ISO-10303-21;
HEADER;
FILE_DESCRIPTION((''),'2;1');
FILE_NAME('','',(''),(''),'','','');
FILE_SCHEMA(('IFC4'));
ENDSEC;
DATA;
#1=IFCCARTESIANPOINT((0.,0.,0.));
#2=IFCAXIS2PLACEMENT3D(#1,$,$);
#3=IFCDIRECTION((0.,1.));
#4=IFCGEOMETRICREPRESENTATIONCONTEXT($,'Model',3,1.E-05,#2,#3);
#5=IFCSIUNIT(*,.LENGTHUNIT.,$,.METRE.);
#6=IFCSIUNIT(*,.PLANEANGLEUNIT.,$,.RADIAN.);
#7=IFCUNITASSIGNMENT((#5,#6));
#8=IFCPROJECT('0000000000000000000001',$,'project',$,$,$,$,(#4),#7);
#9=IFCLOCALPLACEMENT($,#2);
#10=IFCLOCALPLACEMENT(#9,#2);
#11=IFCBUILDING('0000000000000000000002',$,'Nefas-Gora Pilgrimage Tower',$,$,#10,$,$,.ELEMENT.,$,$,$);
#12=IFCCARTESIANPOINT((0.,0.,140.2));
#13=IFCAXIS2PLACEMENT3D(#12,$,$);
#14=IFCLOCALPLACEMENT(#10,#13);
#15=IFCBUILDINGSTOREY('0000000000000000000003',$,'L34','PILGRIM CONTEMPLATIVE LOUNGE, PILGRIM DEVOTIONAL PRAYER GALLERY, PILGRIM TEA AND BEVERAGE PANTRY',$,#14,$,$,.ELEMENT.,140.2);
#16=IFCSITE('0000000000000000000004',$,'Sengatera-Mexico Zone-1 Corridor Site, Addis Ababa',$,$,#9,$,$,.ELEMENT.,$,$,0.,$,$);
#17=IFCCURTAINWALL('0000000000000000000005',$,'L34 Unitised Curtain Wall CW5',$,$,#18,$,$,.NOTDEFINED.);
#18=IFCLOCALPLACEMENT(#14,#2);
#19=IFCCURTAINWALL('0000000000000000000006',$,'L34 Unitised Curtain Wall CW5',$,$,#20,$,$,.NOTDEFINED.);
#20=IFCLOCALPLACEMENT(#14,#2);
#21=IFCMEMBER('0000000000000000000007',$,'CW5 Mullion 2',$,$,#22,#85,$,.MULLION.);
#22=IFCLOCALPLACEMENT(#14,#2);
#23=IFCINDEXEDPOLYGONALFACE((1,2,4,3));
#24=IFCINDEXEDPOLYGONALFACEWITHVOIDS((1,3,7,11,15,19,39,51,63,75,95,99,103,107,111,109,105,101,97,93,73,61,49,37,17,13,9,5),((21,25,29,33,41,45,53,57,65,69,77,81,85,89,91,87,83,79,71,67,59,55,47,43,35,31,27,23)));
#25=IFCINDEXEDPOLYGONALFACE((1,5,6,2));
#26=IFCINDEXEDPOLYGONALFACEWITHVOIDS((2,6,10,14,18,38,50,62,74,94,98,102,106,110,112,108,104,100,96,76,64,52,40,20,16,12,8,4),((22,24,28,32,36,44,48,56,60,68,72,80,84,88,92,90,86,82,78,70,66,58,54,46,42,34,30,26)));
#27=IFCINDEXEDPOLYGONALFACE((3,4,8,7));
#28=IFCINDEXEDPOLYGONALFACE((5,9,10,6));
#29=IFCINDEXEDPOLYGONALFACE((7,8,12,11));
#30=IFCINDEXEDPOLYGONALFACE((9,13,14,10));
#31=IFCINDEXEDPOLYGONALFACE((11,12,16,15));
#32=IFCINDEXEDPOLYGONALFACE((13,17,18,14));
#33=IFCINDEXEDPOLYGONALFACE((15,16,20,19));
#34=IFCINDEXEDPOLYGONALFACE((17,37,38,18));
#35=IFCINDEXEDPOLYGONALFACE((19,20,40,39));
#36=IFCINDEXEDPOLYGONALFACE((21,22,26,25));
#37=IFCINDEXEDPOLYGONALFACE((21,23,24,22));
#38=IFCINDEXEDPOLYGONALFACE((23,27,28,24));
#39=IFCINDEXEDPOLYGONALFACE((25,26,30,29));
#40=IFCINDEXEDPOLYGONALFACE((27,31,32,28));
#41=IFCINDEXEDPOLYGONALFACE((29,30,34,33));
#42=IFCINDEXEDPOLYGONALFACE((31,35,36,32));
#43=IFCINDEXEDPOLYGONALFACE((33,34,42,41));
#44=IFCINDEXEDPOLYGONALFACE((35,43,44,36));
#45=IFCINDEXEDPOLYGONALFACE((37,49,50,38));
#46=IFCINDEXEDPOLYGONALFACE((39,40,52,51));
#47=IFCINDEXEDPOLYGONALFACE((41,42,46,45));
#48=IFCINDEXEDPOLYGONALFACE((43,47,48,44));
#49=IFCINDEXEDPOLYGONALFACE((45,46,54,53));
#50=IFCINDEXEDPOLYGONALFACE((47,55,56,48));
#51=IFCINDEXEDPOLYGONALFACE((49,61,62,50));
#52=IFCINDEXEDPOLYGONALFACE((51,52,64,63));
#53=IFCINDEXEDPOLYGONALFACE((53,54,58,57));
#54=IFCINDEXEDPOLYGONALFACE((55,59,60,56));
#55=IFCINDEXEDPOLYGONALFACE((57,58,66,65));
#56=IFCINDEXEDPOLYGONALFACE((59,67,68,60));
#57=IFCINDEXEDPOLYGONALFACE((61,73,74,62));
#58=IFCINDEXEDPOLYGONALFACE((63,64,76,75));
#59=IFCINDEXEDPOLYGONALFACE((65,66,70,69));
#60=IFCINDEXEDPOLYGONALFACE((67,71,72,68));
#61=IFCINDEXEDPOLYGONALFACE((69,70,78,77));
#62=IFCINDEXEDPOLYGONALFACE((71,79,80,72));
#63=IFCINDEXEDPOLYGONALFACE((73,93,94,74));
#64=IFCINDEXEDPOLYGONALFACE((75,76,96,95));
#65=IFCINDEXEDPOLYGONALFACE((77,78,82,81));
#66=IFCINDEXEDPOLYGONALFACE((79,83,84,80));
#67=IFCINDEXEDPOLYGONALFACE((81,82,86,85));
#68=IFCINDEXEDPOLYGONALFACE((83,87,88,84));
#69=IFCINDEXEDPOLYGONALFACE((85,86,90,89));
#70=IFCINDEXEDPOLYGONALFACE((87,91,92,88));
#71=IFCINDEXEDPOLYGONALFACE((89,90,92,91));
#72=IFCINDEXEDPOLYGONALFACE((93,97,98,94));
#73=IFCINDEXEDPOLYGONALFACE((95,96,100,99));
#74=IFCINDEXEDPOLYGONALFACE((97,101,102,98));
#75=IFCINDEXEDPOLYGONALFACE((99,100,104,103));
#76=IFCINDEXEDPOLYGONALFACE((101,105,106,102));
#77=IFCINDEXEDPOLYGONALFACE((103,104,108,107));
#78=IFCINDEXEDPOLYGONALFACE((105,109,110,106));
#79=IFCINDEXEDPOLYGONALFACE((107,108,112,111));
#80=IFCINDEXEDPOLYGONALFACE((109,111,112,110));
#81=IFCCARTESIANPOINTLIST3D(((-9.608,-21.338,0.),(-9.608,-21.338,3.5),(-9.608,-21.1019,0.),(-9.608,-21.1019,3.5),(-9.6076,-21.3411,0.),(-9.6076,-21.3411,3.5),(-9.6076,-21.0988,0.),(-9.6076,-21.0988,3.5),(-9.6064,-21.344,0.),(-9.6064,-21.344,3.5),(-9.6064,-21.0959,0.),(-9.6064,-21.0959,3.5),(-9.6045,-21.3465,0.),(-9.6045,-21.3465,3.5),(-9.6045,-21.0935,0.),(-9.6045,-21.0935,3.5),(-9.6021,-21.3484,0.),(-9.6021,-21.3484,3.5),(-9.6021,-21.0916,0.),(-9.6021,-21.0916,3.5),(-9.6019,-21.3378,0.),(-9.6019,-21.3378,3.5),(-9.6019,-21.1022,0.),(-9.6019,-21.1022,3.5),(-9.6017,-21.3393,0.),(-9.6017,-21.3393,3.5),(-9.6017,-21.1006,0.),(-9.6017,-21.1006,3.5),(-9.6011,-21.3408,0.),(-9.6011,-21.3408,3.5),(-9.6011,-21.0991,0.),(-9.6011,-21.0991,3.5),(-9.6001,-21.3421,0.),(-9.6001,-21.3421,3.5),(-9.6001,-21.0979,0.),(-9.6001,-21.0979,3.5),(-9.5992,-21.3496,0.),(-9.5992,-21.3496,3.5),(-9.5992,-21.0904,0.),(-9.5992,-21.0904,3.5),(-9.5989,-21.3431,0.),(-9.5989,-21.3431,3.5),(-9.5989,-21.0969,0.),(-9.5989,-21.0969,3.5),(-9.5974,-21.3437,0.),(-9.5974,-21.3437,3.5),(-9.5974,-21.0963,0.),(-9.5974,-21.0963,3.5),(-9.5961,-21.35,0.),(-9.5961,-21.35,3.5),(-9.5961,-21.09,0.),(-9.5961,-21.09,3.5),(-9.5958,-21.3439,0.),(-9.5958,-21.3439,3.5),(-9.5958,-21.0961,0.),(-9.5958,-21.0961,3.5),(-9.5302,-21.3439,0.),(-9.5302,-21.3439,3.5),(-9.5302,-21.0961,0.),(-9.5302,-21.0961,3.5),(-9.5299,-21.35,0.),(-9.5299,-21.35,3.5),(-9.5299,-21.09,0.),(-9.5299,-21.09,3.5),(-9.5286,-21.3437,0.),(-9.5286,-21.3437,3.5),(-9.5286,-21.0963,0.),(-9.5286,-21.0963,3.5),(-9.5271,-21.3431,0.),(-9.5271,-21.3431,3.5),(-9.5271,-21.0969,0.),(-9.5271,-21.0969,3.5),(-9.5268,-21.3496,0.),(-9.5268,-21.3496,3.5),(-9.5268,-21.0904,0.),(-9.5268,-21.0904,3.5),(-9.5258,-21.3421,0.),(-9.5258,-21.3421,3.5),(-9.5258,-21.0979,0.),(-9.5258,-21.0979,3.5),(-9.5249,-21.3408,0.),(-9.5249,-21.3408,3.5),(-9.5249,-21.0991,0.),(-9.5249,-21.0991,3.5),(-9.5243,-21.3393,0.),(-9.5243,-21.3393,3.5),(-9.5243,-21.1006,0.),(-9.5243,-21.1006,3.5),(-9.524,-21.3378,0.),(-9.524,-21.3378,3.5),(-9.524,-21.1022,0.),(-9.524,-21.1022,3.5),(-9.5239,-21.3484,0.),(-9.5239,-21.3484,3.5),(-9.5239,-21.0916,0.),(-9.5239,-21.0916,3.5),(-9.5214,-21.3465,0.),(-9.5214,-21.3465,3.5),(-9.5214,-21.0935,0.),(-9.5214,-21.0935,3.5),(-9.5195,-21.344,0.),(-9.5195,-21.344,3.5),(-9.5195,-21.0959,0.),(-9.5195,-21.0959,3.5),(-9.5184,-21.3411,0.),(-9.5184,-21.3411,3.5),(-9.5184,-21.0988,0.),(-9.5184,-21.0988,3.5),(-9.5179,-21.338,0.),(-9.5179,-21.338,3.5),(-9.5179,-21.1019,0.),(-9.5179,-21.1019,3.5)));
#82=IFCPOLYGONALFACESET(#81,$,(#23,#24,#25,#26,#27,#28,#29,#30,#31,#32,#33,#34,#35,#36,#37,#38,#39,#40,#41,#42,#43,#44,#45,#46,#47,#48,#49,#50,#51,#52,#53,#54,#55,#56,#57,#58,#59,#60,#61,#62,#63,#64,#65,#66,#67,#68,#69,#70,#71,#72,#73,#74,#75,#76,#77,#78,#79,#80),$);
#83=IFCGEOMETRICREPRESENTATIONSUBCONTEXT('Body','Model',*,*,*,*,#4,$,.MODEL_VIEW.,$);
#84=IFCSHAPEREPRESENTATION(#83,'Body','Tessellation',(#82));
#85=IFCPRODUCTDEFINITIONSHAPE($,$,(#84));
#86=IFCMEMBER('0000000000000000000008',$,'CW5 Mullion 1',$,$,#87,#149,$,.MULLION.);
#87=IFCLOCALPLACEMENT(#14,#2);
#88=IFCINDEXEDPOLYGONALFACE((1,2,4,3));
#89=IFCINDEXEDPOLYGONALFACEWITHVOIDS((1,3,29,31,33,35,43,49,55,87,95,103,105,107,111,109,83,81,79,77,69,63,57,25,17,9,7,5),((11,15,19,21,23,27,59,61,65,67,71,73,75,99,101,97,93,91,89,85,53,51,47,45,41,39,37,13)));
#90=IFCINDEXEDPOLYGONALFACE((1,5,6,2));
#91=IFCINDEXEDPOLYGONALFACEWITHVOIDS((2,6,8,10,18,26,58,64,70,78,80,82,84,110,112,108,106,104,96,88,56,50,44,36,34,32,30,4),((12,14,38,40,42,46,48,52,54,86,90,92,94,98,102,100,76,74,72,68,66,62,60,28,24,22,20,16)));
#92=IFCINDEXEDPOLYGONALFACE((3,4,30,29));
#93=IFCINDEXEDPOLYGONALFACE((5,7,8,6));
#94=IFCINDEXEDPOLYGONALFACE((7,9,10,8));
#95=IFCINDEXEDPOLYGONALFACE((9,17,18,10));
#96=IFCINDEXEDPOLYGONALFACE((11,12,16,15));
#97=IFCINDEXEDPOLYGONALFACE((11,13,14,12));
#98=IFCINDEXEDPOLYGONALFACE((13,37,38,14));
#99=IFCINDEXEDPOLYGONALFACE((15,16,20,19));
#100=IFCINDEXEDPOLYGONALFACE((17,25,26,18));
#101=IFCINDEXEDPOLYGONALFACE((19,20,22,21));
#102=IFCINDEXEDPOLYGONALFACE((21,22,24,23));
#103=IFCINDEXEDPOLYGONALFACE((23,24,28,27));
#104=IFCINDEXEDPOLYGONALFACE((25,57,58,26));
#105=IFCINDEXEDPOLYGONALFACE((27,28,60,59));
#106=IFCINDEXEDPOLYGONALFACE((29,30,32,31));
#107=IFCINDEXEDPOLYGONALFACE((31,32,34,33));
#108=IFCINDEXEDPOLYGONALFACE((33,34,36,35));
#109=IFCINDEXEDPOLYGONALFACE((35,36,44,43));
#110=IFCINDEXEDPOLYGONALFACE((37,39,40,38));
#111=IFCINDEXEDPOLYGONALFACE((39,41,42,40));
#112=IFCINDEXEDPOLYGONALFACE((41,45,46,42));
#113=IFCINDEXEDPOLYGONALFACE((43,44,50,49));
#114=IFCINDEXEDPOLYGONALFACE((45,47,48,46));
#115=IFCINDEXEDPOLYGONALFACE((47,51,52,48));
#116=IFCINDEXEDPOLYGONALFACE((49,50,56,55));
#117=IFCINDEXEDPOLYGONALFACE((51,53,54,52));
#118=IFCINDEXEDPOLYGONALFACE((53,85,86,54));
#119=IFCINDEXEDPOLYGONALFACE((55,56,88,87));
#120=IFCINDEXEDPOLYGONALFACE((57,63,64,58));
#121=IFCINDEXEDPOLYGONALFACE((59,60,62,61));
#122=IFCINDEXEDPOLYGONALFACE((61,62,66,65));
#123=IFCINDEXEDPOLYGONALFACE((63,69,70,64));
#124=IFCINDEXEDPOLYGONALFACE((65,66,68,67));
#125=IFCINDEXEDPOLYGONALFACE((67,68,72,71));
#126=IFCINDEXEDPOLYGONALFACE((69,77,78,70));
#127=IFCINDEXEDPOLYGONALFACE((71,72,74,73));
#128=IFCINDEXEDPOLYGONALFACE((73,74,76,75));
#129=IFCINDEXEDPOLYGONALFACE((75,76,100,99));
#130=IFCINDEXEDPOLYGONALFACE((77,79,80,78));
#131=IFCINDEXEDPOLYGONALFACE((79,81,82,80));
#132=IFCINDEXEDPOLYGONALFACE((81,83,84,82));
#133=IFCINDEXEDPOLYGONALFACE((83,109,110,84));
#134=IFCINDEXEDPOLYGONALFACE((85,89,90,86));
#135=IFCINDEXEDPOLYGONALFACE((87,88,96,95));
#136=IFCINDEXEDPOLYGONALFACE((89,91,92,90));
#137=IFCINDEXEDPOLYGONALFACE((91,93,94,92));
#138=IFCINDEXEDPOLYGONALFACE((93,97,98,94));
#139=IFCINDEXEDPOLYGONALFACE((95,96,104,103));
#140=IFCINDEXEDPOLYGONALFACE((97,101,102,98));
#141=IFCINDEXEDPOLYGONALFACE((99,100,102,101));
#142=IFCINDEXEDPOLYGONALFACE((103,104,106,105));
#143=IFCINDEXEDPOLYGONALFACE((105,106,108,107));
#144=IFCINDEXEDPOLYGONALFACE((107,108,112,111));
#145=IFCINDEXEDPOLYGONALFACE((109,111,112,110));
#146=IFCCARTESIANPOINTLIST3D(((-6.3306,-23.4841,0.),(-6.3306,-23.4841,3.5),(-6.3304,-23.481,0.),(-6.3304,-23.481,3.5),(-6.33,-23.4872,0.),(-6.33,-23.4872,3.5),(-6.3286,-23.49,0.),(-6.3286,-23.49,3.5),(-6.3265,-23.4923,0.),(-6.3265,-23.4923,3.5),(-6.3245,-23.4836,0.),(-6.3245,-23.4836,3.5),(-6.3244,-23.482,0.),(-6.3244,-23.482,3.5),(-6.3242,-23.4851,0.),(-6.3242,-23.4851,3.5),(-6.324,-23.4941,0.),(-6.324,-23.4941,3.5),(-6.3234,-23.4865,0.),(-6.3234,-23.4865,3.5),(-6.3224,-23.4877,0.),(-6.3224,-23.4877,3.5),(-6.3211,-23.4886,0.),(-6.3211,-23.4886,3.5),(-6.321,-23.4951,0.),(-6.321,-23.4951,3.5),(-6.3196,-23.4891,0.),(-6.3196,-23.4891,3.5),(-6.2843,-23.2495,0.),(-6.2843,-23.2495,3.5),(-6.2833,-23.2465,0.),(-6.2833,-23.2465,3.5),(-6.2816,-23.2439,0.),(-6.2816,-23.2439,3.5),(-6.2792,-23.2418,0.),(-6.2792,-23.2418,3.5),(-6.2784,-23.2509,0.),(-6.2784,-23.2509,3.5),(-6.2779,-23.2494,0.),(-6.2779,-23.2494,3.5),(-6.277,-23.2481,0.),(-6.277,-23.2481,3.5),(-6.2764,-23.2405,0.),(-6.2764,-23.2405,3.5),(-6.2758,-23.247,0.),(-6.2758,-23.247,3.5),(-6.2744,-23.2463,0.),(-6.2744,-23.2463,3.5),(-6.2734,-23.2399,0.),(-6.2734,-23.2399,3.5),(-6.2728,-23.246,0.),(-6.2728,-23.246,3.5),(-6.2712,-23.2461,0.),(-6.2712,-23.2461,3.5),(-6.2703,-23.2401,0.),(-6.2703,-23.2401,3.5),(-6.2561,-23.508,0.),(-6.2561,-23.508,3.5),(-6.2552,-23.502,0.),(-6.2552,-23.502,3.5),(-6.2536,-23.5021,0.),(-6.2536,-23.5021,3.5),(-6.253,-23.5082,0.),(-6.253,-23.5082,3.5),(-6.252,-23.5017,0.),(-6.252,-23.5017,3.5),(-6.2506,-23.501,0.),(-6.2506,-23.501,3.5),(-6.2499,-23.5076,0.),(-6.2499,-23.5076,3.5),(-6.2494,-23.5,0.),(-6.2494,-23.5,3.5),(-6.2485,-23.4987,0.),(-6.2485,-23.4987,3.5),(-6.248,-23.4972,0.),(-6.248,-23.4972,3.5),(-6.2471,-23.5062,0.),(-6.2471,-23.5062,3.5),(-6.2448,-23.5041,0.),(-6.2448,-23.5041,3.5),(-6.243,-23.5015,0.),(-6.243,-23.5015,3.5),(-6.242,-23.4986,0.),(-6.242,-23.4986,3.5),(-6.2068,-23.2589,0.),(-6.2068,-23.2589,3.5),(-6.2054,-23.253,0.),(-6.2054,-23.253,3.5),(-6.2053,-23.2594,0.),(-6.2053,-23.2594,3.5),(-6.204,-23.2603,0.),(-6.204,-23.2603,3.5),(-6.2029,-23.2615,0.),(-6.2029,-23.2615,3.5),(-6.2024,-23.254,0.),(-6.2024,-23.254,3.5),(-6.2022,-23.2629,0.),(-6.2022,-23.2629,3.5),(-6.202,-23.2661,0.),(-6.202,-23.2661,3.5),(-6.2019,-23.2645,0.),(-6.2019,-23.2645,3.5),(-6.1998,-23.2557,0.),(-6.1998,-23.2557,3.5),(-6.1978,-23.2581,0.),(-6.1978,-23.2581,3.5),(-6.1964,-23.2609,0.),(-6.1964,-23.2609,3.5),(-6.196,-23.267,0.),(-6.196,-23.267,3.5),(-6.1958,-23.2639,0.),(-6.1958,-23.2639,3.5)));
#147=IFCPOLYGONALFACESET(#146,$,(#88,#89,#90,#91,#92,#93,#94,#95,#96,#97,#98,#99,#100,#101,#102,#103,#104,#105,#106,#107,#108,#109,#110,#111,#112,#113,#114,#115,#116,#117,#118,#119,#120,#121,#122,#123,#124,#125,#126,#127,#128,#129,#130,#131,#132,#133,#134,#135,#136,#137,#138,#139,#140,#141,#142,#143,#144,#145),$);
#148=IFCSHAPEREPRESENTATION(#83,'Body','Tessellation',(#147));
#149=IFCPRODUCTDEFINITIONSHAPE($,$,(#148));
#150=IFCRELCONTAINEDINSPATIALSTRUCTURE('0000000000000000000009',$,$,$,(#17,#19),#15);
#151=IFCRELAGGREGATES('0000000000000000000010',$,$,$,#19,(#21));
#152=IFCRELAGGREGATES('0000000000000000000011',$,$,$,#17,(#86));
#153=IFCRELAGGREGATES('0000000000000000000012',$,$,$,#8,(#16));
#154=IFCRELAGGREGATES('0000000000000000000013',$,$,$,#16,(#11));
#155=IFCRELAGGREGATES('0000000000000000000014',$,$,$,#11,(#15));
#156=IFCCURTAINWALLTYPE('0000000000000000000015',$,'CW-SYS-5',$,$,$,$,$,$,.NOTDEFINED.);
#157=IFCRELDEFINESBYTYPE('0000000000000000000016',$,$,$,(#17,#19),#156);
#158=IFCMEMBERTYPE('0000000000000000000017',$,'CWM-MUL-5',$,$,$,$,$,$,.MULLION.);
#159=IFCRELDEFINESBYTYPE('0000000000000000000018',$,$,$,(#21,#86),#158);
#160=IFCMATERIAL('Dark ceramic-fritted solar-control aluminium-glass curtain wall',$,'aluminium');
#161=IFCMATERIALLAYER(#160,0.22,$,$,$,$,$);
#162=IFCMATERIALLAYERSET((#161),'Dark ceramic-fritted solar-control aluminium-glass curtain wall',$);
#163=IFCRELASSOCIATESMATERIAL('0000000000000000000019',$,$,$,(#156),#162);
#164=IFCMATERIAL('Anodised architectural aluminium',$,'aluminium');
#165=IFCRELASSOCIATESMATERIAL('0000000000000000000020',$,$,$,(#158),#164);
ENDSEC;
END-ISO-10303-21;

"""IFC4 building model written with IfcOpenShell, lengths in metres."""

from ifc_helpers import new_model, si_unit, direction, frame, origin, origin_2d, place, context, subcontext, project, spatial, hollow_rectangle, extrude, source, transform, mapped, material, layer, layer_set, material_profile, profile_set, type_object, element, aggregate, save


model = new_model("IFC4")

# Units and contexts
model_context = context("Model", 3, precision=1e-05, world=origin(), true_north=direction((0.0, 1.0)))
body_context = subcontext(model_context, "Body", "Model", "MODEL_VIEW")
ifc_project = project(units=[si_unit("LENGTHUNIT", "METRE"), si_unit("PLANEANGLEUNIT", "RADIAN")], contexts=[model_context])

# Site, building, storey
site_placement = place(None, origin())
site = spatial("IfcSite", under=ifc_project, at=site_placement, Name="Sengatera-Mexico Zone-1 Corridor Site, Addis Ababa", CompositionType="ELEMENT", RefElevation=0.0)
building_placement = place(site_placement, origin())
building = spatial("IfcBuilding", under=site, at=building_placement, Name="Nefas-Gora Pilgrimage Tower", CompositionType="ELEMENT")
storey_placement = place(building_placement, frame((0.0, 0.0, 140.2)))
storey = spatial("IfcBuildingStorey", under=building, at=storey_placement, Name="L34", Description="PILGRIM CONTEMPLATIVE LOUNGE, PILGRIM DEVOTIONAL PRAYER GALLERY, PILGRIM TEA AND BEVERAGE PANTRY", CompositionType="ELEMENT", Elevation=140.2)

# Curtain walls, member
ifc_material_1 = material(Name="Dark ceramic-fritted solar-control aluminium-glass curtain wall", Category="aluminium")
ifc_layer_1 = layer(ifc_material_1, 0.22)
ifc_layer_set_1 = layer_set([ifc_layer_1], Name="Dark ceramic-fritted solar-control aluminium-glass curtain wall")
curtain_wall_type = type_object("IfcCurtainWallType", Name="CW-SYS-5", PredefinedType="NOTDEFINED", material=ifc_layer_set_1)
curtain_wall_1_placement = place(storey_placement, origin())
curtain_wall_1 = element("IfcCurtainWall", 1, at=curtain_wall_1_placement, inside=storey, type_object=curtain_wall_type, Name="L34 Unitised Curtain Wall CW5", PredefinedType="NOTDEFINED")
ifc_material_2 = material(Name="Anodised architectural aluminium", Category="aluminium")
curtain_wall_2_placement = place(storey_placement, origin())
curtain_wall_2 = element("IfcCurtainWall", 2, at=curtain_wall_2_placement, inside=storey, type_object=curtain_wall_type, Name="L34 Unitised Curtain Wall CW5", PredefinedType="NOTDEFINED")
ifc_material_profile_1 = material_profile(ifc_material_2, hollow_rectangle(XDim=0.0901, YDim=0.26, WallThickness=0.0061, InnerFilletRadius=0.0061, OuterFilletRadius=0.012, at=origin_2d()), Name="ALU MULLION 90x260")
ifc_profile_set_1 = profile_set([ifc_material_profile_1], Name="Anodised architectural aluminium")
member_type_1 = type_object("IfcMemberType", Name="CWM-MUL-5", PredefinedType="MULLION", material=ifc_profile_set_1)
shared_shape_1 = source(origin(), body_context, "Body", "SweptSolid", [
    extrude(hollow_rectangle(XDim=0.0901, YDim=0.26, WallThickness=0.0061, InnerFilletRadius=0.0061, OuterFilletRadius=0.012, at=origin_2d()), origin(), (0.0, 0.0, 1.0), 3.5),
])
member_1_placement = place(storey_placement, frame((-9.563, -21.22, 0.0), z_axis=(0.0, 0.0, 1.0), x_axis=(1.0, 0.0, 0.0)))
member_1 = element("IfcMember", 3, at=member_1_placement, type_object=member_type_1, Name="CW5 Mullion 2", PredefinedType="MULLION", context=body_context, shape_type="MappedRepresentation", body=[
    mapped(shared_shape_1, transform((0.0, 0.0, 0.0), x_axis=(1.0, 0.0, 0.0), y_axis=(0.0, 1.0, 0.0), z_axis=(0.0, 0.0, 1.0), scale=1.0)),
])
aggregate(curtain_wall_2, [member_1])

# Member
member_2_placement = place(storey_placement, frame((-6.2632, -23.374, 0.0), z_axis=(0.0, 0.0, 1.0), x_axis=(0.980783, -0.195102, 0.0)))
member_2 = element("IfcMember", 4, at=member_2_placement, type_object=member_type_1, Name="CW5 Mullion 1", PredefinedType="MULLION", context=body_context, shape_type="MappedRepresentation", body=[
    mapped(shared_shape_1, transform((0.0, 0.0, 0.0), x_axis=(1.0, 0.0, 0.0), y_axis=(0.0, 1.0, 0.0), z_axis=(0.0, 0.0, 1.0), scale=1.0)),
])

aggregate(curtain_wall_1, [member_2])

save(model, "model.ifc")
